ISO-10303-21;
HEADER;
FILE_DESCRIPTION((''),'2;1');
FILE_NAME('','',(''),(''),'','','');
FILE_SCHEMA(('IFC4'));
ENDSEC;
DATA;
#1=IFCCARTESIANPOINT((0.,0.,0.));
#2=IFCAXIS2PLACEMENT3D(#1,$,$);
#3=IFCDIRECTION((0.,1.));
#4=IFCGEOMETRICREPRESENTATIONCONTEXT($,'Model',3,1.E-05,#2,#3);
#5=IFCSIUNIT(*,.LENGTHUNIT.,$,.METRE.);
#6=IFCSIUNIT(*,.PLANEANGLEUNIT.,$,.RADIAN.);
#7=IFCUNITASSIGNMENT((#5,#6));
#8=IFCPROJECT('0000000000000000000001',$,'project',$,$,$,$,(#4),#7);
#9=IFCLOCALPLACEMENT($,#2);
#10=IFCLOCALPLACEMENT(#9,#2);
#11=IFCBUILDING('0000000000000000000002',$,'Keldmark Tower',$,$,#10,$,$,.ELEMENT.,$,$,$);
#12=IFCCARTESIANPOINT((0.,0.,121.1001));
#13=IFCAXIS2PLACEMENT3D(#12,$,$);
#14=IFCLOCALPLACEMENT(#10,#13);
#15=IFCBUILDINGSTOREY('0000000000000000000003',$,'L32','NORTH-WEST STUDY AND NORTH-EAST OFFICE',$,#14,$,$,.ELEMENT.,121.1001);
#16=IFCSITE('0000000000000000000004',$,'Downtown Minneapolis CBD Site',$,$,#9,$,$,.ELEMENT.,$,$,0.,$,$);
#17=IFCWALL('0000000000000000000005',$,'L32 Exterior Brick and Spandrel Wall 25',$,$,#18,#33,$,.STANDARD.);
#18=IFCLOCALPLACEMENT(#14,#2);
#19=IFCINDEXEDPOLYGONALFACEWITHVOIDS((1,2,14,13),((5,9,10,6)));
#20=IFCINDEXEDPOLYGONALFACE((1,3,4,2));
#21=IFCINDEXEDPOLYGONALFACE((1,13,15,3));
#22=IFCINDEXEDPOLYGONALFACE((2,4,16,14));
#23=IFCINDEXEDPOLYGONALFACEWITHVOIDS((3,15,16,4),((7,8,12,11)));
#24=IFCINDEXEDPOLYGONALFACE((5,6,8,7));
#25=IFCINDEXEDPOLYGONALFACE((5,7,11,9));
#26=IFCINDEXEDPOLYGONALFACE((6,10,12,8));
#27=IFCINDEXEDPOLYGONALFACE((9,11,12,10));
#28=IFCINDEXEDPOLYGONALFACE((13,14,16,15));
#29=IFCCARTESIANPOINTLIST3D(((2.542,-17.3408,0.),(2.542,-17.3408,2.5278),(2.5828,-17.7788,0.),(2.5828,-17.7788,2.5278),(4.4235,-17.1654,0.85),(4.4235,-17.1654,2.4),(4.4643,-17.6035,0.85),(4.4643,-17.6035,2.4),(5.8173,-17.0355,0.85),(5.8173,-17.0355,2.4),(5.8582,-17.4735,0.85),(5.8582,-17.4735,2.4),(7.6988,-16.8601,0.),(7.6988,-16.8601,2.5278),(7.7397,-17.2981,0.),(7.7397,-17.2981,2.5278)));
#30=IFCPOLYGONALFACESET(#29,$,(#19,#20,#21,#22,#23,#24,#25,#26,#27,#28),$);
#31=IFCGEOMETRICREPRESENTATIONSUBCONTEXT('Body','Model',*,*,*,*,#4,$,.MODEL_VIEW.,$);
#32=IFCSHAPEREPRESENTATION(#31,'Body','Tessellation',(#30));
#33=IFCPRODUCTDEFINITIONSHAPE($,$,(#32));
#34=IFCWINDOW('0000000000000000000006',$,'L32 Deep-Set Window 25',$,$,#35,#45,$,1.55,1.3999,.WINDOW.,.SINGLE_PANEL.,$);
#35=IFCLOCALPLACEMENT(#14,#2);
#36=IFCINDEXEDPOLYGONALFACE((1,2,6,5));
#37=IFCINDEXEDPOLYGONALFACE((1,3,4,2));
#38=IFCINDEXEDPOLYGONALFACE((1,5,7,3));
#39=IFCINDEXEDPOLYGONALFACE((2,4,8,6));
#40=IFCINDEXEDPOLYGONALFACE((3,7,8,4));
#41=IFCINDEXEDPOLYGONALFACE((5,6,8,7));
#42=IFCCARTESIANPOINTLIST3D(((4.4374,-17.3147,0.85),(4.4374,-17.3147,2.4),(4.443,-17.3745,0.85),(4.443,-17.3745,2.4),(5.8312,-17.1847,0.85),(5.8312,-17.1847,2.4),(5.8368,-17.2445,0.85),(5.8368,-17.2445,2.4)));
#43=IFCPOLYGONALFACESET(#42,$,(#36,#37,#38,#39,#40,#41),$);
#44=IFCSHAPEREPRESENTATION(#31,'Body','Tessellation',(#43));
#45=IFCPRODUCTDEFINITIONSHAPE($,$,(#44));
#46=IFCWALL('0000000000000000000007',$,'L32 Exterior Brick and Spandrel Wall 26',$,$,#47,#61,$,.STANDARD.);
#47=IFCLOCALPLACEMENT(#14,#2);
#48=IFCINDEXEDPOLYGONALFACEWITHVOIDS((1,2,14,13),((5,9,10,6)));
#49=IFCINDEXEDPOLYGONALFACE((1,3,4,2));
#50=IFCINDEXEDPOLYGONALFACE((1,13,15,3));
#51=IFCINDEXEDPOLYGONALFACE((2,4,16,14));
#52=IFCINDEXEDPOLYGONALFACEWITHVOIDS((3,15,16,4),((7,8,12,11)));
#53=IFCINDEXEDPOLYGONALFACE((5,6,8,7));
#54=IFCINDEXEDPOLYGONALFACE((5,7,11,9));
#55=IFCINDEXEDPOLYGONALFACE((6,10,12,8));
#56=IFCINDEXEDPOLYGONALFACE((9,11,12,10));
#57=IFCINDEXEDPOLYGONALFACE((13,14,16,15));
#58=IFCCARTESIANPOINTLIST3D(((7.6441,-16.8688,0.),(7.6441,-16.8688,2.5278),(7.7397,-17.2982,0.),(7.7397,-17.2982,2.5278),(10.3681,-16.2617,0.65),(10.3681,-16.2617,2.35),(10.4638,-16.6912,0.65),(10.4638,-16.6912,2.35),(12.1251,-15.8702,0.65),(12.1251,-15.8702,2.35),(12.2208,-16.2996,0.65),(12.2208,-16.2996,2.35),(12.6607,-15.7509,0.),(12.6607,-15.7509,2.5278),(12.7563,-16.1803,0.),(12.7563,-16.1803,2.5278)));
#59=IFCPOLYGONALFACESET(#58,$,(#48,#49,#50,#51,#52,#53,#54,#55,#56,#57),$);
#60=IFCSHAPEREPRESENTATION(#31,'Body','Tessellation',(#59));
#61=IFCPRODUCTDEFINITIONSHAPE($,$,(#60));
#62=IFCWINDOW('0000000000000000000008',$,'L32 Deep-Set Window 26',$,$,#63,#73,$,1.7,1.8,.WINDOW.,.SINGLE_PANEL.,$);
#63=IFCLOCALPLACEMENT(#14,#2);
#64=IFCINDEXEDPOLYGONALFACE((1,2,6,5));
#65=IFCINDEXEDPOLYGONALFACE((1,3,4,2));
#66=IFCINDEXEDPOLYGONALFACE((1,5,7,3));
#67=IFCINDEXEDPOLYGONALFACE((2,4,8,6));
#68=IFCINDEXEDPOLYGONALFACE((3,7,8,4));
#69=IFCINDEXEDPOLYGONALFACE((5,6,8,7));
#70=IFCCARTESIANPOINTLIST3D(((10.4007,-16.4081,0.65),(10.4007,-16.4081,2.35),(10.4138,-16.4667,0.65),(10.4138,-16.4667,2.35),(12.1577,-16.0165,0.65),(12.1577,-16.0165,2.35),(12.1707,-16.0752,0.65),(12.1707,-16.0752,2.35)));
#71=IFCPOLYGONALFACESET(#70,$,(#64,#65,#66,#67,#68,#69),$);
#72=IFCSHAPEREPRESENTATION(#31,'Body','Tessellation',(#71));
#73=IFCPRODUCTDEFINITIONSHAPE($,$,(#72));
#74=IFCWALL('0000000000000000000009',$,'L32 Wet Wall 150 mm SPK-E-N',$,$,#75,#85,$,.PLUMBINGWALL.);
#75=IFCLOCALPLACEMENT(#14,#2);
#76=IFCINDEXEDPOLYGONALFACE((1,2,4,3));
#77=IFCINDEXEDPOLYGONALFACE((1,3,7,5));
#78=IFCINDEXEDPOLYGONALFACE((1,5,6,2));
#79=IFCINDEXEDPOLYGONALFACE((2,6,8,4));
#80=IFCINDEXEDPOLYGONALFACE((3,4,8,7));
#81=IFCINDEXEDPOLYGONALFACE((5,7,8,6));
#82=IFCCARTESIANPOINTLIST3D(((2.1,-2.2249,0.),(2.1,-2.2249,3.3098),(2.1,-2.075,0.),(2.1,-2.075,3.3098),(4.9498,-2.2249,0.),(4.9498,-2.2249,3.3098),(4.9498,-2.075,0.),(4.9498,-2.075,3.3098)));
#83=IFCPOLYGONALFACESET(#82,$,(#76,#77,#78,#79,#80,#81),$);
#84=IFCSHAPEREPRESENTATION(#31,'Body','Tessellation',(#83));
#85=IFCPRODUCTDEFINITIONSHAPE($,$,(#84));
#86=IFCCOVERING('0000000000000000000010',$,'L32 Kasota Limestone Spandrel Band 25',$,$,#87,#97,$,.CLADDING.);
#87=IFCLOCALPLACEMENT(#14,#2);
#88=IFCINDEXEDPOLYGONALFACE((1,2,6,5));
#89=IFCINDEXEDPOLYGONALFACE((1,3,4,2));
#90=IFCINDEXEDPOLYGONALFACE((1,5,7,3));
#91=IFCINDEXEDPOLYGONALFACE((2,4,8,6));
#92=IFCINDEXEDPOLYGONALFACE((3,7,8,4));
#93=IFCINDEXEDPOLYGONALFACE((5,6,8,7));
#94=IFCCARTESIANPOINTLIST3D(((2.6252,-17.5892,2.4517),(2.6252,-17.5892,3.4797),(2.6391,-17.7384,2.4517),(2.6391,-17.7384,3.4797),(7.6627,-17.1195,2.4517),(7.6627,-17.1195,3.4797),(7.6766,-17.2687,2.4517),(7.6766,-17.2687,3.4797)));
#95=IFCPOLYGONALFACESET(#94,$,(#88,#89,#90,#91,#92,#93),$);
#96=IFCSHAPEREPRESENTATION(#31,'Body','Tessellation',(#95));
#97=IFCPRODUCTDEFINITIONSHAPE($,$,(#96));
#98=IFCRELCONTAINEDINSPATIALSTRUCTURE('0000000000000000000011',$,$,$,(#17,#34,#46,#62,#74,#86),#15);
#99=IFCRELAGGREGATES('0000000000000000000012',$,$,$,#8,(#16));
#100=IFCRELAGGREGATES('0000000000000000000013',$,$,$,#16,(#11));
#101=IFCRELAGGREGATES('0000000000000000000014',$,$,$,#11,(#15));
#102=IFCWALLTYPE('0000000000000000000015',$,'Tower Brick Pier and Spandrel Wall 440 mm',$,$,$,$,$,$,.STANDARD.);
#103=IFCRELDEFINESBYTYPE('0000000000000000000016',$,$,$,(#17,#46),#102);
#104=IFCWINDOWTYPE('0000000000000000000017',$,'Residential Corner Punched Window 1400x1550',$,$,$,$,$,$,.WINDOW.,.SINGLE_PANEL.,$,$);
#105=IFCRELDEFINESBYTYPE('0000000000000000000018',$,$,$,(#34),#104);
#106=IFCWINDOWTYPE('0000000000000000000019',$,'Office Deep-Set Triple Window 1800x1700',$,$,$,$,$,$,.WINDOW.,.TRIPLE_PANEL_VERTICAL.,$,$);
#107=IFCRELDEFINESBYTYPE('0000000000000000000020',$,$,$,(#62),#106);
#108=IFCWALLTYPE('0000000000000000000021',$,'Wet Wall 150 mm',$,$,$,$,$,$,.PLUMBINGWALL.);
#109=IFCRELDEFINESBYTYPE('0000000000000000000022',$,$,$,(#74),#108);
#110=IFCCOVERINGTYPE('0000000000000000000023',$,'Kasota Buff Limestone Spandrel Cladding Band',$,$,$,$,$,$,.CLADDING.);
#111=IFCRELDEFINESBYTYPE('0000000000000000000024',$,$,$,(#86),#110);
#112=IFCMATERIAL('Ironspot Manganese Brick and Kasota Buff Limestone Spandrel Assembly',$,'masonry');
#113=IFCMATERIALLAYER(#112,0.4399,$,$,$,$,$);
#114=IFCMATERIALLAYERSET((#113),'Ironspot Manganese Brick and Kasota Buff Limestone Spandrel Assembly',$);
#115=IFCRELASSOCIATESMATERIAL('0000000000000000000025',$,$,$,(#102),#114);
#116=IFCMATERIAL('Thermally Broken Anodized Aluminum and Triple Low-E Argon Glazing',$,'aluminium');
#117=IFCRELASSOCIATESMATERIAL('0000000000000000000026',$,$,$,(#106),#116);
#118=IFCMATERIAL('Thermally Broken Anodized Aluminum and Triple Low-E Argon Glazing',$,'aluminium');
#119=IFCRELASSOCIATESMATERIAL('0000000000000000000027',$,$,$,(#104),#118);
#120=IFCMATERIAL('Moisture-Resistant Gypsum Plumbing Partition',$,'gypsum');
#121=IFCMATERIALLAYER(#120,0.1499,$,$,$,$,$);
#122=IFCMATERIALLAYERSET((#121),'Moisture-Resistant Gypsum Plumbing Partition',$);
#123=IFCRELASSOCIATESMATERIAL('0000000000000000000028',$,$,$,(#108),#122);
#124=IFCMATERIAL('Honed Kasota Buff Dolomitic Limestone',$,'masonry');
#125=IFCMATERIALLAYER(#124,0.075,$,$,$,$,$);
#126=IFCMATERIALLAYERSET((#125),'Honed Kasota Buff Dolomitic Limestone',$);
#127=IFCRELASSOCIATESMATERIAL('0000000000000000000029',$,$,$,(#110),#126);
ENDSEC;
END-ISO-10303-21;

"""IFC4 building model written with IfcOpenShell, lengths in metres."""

from ifc_helpers import new_model, si_unit, direction, frame, frame_2d, origin, origin_2d, place, context, subcontext, project, spatial, rectangle, extrude, material, layer, layer_set, type_object, element, fill, save


model = new_model("IFC4")

# Units and contexts
model_context = context("Model", 3, precision=1e-05, world=origin(), true_north=direction((0.0, 1.0)))
body_context = subcontext(model_context, "Body", "Model", "MODEL_VIEW")
ifc_project = project(units=[si_unit("LENGTHUNIT", "METRE"), si_unit("PLANEANGLEUNIT", "RADIAN")], contexts=[model_context])

# Site, building, storey
site_placement = place(None, origin())
site = spatial("IfcSite", under=ifc_project, at=site_placement, Name="Downtown Minneapolis CBD Site", CompositionType="ELEMENT", RefElevation=0.0)
building_placement = place(site_placement, origin())
building = spatial("IfcBuilding", under=site, at=building_placement, Name="Keldmark Tower", CompositionType="ELEMENT")
storey_placement = place(building_placement, frame((0.0, 0.0, 121.1001)))
storey = spatial("IfcBuildingStorey", under=building, at=storey_placement, Name="L32", Description="NORTH-WEST STUDY AND NORTH-EAST OFFICE", CompositionType="ELEMENT", Elevation=121.1001)

# Walls, openings, windows
ifc_material_1 = material(Name="Ironspot Manganese Brick and Kasota Buff Limestone Spandrel Assembly", Category="masonry")
ifc_layer_1 = layer(ifc_material_1, 0.4399)
ifc_layer_set_1 = layer_set([ifc_layer_1], Name="Ironspot Manganese Brick and Kasota Buff Limestone Spandrel Assembly")
wall_type_1 = type_object("IfcWallType", Name="Tower Brick Pier and Spandrel Wall 440 mm", PredefinedType="STANDARD", material=ifc_layer_set_1)
ifc_material_2 = material(Name="Thermally Broken Anodized Aluminum and Triple Low-E Argon Glazing", Category="aluminium")
window_type_1 = type_object("IfcWindowType", Name="Office Deep-Set Triple Window 1800x1700", PartitioningType="TRIPLE_PANEL_VERTICAL", PredefinedType="WINDOW", material=ifc_material_2)
wall_1_placement = place(storey_placement, frame((7.7192, -17.0791, 0.0), z_axis=(0.0, 0.0, 1.0), x_axis=(-0.995683, -0.092818, 0.0)))
wall_1 = element("IfcWall", 1, at=wall_1_placement, inside=storey, type_object=wall_type_1, Name="L32 Exterior Brick and Spandrel Wall 25", PredefinedType="STANDARD", context=body_context, shape_type="SweptSolid", body=[
    extrude(rectangle(XDim=5.1792, YDim=0.4399, at=frame_2d((2.5896, 0.0))), origin(), (0.0, 0.0, 1.0), 2.5278),
])
opening_1_placement = place(wall_1_placement, frame((1.8896, 0.0, 0.8501)))
opening_1 = element("IfcOpeningElement", 2, at=opening_1_placement, cuts=wall_1, PredefinedType="OPENING", context=body_context, shape_type="SweptSolid", body=[
    extrude(rectangle(XDim=1.3999, YDim=1.55, at=frame_2d((0.7, 0.7749))), frame((0.0, 0.23, 0.0), z_axis=(0.0, -1.0, 0.0), x_axis=(1.0, 0.0, 0.0)), (0.0, 0.0, 1.0), 0.46),
])
ifc_material_3 = material(Name="Thermally Broken Anodized Aluminum and Triple Low-E Argon Glazing", Category="aluminium")
window_type_2 = type_object("IfcWindowType", Name="Residential Corner Punched Window 1400x1550", PartitioningType="SINGLE_PANEL", PredefinedType="WINDOW", material=ifc_material_3)
window_1_placement = place(opening_1_placement, origin())
window_1 = element("IfcWindow", 3, at=window_1_placement, inside=storey, type_object=window_type_2, Name="L32 Deep-Set Window 25", OverallHeight=1.55, OverallWidth=1.3999, PartitioningType="SINGLE_PANEL", PredefinedType="WINDOW", context=body_context, shape_type="SweptSolid", body=[
    extrude(rectangle(XDim=1.3999, YDim=1.55, at=frame_2d((0.7, 0.7749))), frame((0.0, -0.01, 0.0), z_axis=(0.0, -1.0, 0.0), x_axis=(1.0, 0.0, 0.0)), (0.0, 0.0, 1.0), 0.0601),
])
fill(opening_1, window_1)
wall_2_placement = place(storey_placement, frame((12.7085, -15.9656, 0.0), z_axis=(0.0, 0.0, 1.0), x_axis=(-0.976058, -0.217509, 0.0)))
wall_2 = element("IfcWall", 4, at=wall_2_placement, inside=storey, type_object=wall_type_1, Name="L32 Exterior Brick and Spandrel Wall 26", PredefinedType="STANDARD", context=body_context, shape_type="SweptSolid", body=[
    extrude(rectangle(XDim=5.1396, YDim=0.4399, at=frame_2d((2.5698, 0.0))), origin(), (0.0, 0.0, 1.0), 2.5278),
])
opening_2_placement = place(wall_2_placement, frame((0.5488, 0.0, 0.6499)))
opening_2 = element("IfcOpeningElement", 5, at=opening_2_placement, cuts=wall_2, PredefinedType="OPENING", context=body_context, shape_type="SweptSolid", body=[
    extrude(rectangle(XDim=1.8, YDim=1.7, at=frame_2d((0.8999, 0.8501))), frame((0.0, 0.23, 0.0), z_axis=(0.0, -1.0, 0.0), x_axis=(1.0, 0.0, 0.0)), (0.0, 0.0, 1.0), 0.46),
])
window_2_placement = place(opening_2_placement, origin())
window_2 = element("IfcWindow", 6, at=window_2_placement, inside=storey, type_object=window_type_1, Name="L32 Deep-Set Window 26", OverallHeight=1.7, OverallWidth=1.8, PartitioningType="SINGLE_PANEL", PredefinedType="WINDOW", context=body_context, shape_type="SweptSolid", body=[
    extrude(rectangle(XDim=1.8, YDim=1.7, at=frame_2d((0.8999, 0.8501))), frame((0.0, -0.01, 0.0), z_axis=(0.0, -1.0, 0.0), x_axis=(1.0, 0.0, 0.0)), (0.0, 0.0, 1.0), 0.0601),
])
fill(opening_2, window_2)

# Wall
ifc_material_4 = material(Name="Moisture-Resistant Gypsum Plumbing Partition", Category="gypsum")
ifc_layer_2 = layer(ifc_material_4, 0.1499)
ifc_layer_set_2 = layer_set([ifc_layer_2], Name="Moisture-Resistant Gypsum Plumbing Partition")
wall_type_2 = type_object("IfcWallType", Name="Wet Wall 150 mm", PredefinedType="PLUMBINGWALL", material=ifc_layer_set_2)
wall_3_placement = place(storey_placement, frame((2.1001, -2.1499, 0.0), z_axis=(0.0, 0.0, 1.0), x_axis=(1.0, 0.0, 0.0)))
element("IfcWall", 7, at=wall_3_placement, inside=storey, type_object=wall_type_2, Name="L32 Wet Wall 150 mm SPK-E-N", PredefinedType="PLUMBINGWALL", context=body_context, shape_type="SweptSolid", body=[
    extrude(rectangle(XDim=2.8499, YDim=0.1499, at=frame_2d((1.4248, 0.0))), origin(), (0.0, 0.0, 1.0), 3.3098),
])

# Covering
ifc_material_5 = material(Name="Honed Kasota Buff Dolomitic Limestone", Category="masonry")
ifc_layer_3 = layer(ifc_material_5, 0.075)
ifc_layer_set_3 = layer_set([ifc_layer_3], Name="Honed Kasota Buff Dolomitic Limestone")
covering_type = type_object("IfcCoveringType", Name="Kasota Buff Limestone Spandrel Cladding Band", PredefinedType="CLADDING", material=ifc_layer_set_3)
covering_placement = place(storey_placement, frame((5.1509, -17.429, 2.4517), z_axis=(0.0, 0.0, 1.0), x_axis=(0.995681, 0.09284, 0.0)))
element("IfcCovering", 8, at=covering_placement, inside=storey, type_object=covering_type, Name="L32 Kasota Limestone Spandrel Band 25", PredefinedType="CLADDING", context=body_context, shape_type="SweptSolid", body=[
    extrude(rectangle(XDim=5.0593, YDim=0.1499, at=origin_2d()), origin(), (0.0, 0.0, 1.0), 1.0281),
])

save(model, "model.ifc")
